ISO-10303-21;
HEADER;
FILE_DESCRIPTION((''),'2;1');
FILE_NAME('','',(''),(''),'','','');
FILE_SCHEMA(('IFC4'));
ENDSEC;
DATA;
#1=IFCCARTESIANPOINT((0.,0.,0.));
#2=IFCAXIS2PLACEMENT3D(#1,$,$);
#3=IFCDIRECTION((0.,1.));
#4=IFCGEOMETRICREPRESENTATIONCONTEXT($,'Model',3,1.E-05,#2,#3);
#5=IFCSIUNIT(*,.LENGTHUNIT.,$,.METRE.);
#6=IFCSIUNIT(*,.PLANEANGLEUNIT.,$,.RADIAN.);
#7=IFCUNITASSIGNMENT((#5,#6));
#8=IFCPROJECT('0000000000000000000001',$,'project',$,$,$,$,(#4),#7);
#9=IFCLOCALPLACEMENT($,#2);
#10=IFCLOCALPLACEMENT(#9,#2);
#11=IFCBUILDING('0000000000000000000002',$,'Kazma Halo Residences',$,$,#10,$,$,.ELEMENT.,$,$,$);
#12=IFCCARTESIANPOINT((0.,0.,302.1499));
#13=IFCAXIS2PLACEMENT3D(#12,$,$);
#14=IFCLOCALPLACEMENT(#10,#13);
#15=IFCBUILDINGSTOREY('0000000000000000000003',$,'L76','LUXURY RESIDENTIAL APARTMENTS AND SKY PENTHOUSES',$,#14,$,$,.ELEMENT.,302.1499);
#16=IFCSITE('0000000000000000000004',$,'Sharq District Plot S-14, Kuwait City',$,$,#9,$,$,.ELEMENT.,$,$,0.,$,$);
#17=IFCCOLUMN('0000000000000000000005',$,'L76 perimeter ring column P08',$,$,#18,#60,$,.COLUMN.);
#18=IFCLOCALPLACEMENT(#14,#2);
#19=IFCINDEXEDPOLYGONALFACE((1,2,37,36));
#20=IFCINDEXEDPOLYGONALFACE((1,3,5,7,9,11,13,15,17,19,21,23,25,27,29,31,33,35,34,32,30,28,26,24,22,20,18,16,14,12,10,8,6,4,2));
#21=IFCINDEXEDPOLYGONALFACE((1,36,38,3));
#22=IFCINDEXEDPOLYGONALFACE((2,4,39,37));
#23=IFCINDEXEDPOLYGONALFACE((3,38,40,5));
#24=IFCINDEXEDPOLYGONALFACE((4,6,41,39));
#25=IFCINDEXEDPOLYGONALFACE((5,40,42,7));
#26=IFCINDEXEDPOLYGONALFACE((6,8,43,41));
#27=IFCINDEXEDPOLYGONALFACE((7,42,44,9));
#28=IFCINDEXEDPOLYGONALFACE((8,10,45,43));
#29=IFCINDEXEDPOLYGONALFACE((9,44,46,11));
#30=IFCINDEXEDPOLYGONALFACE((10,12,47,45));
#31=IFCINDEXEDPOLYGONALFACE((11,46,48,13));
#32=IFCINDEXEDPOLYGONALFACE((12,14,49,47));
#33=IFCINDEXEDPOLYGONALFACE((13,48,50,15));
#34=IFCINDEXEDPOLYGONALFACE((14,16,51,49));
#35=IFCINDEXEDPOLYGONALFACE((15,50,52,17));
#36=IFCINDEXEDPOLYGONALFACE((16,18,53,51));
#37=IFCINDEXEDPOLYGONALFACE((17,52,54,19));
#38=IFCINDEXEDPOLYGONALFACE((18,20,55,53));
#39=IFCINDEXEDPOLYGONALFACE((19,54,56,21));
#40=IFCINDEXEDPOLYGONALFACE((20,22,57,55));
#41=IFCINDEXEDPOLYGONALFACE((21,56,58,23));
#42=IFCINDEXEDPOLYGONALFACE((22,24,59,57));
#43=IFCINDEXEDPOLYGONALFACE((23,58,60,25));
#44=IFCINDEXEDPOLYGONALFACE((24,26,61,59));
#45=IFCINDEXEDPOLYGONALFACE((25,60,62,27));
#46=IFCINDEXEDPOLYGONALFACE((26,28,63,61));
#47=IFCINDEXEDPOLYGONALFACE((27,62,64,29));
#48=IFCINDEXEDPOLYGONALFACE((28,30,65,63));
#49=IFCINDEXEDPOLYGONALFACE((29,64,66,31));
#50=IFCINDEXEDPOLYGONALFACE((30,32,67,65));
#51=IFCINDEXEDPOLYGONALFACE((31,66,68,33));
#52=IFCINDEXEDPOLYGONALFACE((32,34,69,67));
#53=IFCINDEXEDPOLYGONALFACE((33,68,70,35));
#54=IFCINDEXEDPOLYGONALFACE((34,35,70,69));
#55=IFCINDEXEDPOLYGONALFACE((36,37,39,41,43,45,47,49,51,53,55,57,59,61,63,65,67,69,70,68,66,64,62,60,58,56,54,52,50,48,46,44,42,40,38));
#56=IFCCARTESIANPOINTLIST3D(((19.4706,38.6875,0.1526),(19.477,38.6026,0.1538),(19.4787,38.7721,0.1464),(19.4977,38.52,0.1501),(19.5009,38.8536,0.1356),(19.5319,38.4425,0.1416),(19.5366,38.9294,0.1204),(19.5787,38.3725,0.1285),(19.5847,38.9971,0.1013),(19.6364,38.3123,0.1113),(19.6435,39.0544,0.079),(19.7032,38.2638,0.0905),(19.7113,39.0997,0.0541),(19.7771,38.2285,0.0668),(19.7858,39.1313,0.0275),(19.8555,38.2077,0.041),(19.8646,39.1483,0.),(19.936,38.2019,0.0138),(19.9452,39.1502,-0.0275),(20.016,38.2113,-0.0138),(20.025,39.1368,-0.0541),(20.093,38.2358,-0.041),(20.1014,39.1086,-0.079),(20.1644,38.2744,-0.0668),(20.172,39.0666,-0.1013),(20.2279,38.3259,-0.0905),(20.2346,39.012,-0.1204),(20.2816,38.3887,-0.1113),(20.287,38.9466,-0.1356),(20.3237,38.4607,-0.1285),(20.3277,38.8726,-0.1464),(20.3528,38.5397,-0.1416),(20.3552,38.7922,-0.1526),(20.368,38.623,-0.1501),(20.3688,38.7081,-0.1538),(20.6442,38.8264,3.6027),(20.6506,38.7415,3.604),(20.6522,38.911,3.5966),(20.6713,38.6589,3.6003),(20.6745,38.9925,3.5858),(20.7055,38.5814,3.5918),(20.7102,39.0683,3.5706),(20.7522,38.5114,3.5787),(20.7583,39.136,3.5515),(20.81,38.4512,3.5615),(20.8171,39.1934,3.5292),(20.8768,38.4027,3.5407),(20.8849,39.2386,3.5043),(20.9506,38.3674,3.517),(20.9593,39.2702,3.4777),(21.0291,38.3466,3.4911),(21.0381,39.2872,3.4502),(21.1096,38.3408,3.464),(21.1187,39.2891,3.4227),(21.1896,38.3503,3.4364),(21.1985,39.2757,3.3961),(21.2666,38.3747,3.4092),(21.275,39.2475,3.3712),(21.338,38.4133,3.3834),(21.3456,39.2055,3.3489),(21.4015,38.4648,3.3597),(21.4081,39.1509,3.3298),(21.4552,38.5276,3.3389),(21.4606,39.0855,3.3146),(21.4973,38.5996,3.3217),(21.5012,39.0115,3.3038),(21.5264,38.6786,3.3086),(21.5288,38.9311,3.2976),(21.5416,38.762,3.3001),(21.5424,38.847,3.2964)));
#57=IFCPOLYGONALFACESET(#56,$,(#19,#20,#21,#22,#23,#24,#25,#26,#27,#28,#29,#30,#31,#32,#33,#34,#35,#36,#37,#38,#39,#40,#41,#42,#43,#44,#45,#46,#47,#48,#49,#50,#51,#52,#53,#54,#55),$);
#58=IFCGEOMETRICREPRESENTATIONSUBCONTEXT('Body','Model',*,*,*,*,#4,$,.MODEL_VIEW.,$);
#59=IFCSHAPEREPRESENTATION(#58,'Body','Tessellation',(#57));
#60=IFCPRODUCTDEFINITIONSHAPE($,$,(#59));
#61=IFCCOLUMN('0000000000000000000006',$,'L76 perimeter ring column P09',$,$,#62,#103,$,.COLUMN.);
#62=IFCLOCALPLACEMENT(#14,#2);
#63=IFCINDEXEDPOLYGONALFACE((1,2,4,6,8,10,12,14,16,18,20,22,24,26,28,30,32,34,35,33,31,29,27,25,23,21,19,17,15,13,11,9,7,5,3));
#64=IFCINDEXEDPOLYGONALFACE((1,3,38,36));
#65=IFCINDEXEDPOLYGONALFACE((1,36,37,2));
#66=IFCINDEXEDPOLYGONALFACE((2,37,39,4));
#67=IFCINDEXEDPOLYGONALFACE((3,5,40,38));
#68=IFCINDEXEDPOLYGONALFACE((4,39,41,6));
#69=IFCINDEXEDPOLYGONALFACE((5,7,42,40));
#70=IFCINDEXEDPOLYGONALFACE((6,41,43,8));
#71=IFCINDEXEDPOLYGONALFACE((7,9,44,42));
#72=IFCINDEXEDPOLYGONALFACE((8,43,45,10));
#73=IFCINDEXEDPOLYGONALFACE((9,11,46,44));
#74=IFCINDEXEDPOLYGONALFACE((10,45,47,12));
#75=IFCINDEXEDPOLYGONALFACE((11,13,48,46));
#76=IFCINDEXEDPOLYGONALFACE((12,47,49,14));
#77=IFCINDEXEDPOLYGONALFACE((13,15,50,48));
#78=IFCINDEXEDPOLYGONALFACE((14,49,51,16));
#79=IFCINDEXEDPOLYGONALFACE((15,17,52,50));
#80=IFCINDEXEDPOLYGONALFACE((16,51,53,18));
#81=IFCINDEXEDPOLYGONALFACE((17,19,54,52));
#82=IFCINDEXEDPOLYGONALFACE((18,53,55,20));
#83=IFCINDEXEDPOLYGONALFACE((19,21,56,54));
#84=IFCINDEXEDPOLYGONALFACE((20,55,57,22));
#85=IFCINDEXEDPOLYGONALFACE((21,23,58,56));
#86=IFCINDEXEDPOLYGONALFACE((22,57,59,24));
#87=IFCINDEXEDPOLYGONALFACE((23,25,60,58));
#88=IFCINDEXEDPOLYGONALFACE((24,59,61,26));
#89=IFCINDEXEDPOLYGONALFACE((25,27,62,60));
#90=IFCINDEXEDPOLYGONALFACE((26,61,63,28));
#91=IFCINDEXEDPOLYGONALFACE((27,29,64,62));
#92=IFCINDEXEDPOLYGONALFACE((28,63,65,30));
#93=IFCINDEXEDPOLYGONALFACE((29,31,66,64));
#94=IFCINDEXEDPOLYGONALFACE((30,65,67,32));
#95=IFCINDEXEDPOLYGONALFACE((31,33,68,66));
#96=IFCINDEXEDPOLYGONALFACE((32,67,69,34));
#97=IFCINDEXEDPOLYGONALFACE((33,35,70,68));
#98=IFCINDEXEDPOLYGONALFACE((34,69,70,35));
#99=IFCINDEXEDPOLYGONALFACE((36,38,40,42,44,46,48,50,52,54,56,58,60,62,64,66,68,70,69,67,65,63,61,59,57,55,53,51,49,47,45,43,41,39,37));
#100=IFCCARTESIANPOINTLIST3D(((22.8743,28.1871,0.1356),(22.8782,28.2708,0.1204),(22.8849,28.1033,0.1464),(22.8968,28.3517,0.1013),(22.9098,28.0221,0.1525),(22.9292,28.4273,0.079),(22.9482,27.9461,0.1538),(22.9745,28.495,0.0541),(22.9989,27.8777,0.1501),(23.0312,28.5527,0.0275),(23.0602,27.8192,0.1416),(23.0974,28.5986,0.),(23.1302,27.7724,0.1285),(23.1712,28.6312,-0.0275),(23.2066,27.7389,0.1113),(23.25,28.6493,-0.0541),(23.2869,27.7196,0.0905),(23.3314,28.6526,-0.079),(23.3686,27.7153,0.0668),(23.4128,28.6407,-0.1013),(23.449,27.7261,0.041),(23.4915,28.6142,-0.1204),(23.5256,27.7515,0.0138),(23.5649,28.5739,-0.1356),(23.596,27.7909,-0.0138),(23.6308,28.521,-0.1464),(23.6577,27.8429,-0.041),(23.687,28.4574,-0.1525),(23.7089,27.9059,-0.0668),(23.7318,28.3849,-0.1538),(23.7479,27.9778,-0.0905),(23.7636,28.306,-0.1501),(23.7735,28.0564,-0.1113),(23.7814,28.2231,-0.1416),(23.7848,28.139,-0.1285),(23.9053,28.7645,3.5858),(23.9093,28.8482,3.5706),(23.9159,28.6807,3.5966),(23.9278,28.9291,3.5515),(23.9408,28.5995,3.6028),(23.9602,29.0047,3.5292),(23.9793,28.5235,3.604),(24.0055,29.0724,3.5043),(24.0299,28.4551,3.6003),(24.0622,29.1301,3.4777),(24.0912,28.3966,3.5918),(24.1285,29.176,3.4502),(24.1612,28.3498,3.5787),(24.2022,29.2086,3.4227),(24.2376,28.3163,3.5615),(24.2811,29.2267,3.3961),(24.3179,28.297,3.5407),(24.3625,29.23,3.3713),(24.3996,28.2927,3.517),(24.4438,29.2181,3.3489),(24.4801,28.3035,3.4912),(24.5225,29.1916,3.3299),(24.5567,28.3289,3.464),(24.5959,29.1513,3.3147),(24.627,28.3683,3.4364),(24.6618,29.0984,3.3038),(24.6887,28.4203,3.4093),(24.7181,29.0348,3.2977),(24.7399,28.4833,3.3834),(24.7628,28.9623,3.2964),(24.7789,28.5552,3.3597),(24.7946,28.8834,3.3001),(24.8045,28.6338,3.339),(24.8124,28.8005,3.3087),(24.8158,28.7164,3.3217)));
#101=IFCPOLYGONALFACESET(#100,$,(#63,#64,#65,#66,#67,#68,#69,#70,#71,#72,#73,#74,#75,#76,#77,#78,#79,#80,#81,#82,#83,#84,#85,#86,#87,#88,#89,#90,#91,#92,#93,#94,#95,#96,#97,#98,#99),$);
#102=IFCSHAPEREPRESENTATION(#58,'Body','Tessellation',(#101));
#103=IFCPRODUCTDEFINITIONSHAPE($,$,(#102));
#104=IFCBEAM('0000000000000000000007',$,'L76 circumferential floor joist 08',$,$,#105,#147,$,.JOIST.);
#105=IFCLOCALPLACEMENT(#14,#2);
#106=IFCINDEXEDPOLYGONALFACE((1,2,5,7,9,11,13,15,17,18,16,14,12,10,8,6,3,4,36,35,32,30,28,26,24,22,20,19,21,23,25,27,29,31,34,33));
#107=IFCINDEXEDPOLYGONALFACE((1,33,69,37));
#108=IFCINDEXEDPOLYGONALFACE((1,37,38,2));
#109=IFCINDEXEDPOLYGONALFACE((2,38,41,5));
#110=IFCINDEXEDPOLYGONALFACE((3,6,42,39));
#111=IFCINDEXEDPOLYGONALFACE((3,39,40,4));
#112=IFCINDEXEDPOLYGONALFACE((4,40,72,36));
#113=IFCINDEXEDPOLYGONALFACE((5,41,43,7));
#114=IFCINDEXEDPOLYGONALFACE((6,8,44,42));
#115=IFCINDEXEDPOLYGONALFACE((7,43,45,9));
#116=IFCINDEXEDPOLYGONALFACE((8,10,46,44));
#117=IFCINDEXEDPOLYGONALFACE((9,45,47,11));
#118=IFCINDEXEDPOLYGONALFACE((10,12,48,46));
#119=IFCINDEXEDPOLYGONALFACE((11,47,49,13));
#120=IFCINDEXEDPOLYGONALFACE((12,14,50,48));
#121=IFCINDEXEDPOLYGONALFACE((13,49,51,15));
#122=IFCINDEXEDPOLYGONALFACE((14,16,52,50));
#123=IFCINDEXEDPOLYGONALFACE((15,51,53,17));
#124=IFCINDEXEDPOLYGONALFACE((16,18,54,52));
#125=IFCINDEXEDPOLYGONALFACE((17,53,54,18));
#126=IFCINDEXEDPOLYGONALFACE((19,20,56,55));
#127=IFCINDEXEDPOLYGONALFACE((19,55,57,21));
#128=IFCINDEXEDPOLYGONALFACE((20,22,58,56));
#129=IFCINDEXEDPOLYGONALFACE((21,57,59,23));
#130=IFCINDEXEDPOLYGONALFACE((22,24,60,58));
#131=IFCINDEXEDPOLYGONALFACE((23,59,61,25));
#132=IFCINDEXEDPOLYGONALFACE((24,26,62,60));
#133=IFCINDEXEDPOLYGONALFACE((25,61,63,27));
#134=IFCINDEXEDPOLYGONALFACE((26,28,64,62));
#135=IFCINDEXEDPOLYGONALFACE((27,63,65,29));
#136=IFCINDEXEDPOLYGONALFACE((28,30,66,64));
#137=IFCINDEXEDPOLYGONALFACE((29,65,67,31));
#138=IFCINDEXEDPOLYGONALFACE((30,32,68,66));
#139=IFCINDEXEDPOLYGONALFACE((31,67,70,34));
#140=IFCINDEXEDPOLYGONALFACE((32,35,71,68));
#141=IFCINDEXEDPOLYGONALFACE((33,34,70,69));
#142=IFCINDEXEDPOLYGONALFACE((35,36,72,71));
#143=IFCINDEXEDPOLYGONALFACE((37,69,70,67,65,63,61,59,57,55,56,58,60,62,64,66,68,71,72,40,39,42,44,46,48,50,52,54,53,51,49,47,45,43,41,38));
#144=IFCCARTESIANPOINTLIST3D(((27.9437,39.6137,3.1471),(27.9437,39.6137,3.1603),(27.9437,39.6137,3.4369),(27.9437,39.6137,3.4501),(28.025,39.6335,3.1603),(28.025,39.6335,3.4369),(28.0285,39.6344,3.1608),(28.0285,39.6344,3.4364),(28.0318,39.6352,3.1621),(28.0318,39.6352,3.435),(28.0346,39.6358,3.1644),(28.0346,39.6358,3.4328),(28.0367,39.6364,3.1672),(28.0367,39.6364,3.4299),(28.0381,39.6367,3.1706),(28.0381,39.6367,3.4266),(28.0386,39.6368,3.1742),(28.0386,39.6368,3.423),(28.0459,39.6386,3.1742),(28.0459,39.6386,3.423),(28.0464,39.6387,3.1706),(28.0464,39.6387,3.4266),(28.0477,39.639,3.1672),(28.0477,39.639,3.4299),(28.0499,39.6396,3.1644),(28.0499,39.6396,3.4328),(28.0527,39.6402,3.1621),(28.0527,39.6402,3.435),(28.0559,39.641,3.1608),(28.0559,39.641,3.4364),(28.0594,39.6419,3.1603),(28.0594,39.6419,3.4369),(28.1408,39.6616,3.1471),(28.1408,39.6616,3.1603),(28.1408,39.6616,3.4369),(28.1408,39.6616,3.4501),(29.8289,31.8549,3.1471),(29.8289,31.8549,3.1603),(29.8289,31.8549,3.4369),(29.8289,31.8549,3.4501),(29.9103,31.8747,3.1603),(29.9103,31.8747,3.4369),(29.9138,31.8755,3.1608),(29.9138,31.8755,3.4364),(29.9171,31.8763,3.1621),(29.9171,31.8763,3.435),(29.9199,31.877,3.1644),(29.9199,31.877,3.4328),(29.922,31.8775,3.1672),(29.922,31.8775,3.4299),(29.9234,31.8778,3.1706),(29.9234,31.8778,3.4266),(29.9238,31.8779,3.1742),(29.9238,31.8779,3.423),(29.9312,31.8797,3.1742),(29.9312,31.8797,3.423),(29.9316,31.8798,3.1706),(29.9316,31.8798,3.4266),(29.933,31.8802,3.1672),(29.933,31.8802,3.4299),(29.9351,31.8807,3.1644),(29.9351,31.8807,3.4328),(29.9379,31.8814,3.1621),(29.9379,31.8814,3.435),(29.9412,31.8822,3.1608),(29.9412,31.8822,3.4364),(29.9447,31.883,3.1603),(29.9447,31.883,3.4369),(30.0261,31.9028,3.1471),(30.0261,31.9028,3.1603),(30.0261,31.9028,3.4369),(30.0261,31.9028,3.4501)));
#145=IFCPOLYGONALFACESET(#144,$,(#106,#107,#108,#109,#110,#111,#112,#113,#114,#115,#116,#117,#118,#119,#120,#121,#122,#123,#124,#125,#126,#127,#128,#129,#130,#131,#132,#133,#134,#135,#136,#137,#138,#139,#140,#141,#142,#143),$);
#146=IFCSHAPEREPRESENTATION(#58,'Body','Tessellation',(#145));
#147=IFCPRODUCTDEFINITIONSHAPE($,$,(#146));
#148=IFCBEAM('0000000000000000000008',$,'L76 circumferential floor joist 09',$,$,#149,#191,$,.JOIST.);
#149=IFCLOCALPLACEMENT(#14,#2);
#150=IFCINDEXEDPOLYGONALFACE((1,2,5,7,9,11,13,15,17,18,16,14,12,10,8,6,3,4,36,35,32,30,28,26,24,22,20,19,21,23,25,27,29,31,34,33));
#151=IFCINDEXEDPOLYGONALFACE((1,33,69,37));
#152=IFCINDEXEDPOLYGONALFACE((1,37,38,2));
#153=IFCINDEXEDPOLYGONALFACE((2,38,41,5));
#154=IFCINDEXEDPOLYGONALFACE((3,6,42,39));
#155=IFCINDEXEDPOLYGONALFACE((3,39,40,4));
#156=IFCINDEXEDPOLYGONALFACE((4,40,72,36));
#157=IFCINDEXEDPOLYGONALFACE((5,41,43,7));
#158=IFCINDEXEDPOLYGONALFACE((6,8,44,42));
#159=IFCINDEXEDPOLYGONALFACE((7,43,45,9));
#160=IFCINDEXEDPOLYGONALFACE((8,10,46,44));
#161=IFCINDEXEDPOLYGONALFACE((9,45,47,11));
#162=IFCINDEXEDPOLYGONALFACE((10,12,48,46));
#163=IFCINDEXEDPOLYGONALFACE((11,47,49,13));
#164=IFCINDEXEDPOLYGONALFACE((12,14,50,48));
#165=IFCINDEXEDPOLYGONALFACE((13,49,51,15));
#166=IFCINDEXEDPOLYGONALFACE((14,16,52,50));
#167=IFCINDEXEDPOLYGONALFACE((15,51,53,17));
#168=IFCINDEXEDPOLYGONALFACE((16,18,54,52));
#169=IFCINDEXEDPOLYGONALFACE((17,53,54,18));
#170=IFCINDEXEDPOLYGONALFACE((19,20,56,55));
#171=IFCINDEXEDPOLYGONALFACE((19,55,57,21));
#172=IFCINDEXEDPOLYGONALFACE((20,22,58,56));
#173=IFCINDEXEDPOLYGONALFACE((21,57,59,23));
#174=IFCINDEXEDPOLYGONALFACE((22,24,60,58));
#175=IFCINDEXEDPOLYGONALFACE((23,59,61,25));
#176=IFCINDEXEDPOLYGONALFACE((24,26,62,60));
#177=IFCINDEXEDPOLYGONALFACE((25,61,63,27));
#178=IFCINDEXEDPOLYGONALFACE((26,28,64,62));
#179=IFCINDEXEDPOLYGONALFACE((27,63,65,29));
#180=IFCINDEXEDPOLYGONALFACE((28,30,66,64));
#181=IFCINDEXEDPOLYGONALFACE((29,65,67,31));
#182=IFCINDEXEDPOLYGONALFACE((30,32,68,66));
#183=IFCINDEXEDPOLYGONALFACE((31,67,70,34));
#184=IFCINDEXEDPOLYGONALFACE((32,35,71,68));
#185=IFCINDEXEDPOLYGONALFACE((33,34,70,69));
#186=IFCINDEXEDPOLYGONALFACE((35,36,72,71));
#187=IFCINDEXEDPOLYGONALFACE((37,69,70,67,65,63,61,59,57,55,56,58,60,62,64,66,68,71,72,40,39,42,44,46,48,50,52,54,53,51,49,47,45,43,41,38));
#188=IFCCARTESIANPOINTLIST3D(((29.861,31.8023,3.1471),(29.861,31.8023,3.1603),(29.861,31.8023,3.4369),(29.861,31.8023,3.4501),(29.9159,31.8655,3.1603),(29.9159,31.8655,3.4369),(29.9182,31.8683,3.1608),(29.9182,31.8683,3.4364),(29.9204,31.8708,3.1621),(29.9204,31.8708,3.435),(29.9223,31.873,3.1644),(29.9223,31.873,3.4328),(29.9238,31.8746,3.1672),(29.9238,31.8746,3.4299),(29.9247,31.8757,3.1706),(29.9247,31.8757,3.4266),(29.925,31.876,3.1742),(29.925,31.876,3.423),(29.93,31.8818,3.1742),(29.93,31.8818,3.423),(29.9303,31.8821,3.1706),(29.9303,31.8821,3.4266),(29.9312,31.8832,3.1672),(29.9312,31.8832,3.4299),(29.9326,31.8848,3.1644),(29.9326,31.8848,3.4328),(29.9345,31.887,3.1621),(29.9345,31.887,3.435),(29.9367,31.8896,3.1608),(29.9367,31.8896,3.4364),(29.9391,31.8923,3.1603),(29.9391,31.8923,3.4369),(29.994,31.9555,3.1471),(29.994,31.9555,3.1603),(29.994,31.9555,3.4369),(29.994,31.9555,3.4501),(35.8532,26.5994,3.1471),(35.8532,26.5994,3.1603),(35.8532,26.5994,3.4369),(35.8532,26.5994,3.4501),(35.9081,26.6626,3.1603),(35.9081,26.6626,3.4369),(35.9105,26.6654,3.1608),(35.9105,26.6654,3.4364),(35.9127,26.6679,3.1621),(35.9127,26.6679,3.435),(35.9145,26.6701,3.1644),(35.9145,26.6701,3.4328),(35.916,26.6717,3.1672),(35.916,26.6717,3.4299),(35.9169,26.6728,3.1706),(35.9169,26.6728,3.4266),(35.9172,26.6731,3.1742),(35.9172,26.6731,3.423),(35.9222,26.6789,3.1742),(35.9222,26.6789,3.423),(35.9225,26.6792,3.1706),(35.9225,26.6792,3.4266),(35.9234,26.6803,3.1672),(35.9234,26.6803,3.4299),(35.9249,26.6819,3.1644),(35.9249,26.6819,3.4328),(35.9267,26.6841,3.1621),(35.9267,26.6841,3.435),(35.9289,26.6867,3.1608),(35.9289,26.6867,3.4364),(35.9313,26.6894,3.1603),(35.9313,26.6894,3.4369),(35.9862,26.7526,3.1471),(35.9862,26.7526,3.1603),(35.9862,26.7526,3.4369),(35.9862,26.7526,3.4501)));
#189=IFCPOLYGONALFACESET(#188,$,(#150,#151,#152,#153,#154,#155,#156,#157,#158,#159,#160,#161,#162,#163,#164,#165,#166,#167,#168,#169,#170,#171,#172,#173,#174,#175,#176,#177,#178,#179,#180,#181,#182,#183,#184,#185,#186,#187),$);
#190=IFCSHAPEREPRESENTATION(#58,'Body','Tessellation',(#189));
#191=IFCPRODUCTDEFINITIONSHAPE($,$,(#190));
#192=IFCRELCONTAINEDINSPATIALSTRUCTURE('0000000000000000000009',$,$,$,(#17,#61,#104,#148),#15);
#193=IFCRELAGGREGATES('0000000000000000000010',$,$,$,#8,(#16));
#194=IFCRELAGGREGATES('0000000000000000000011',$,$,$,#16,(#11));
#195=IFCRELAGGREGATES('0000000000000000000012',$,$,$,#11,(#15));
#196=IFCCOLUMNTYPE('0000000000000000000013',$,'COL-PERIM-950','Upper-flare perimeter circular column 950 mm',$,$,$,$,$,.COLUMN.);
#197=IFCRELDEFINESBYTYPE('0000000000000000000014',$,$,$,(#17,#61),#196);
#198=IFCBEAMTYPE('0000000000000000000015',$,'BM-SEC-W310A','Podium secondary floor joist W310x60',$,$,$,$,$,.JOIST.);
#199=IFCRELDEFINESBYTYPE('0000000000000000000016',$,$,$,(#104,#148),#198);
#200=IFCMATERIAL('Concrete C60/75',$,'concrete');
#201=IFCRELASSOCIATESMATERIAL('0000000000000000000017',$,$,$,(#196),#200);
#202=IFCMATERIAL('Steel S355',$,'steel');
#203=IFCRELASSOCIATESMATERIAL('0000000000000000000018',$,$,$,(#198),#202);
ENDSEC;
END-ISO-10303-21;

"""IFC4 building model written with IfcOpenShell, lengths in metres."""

from ifc_helpers import new_model, si_unit, direction, frame, origin, origin_2d, place, context, subcontext, project, spatial, circle, i_section, extrude, material, material_profile, profile_set, type_object, element, save


model = new_model("IFC4")

# Units and contexts
model_context = context("Model", 3, precision=1e-05, world=origin(), true_north=direction((0.0, 1.0)))
body_context = subcontext(model_context, "Body", "Model", "MODEL_VIEW")
ifc_project = project(units=[si_unit("LENGTHUNIT", "METRE"), si_unit("PLANEANGLEUNIT", "RADIAN")], contexts=[model_context])

# Site, building, storey
site_placement = place(None, origin())
site = spatial("IfcSite", under=ifc_project, at=site_placement, Name="Sharq District Plot S-14, Kuwait City", CompositionType="ELEMENT", RefElevation=0.0)
building_placement = place(site_placement, origin())
building = spatial("IfcBuilding", under=site, at=building_placement, Name="Kazma Halo Residences", CompositionType="ELEMENT")
storey_placement = place(building_placement, frame((0.0, 0.0, 302.1499)))
storey = spatial("IfcBuildingStorey", under=building, at=storey_placement, Name="L76", Description="LUXURY RESIDENTIAL APARTMENTS AND SKY PENTHOUSES", CompositionType="ELEMENT", Elevation=302.1499)

# Columns
ifc_material_1 = material(Name="Concrete C60/75", Category="concrete")
ifc_material_profile_1 = material_profile(ifc_material_1, circle(Radius=0.4751, at=origin_2d()), Name="CIRC950")
ifc_profile_set_1 = profile_set([ifc_material_profile_1], Name="Concrete C60/75")
column_type = type_object("IfcColumnType", Name="COL-PERIM-950", Description="Upper-flare perimeter circular column 950 mm", PredefinedType="COLUMN", material=ifc_profile_set_1)
for number, where, z_axis, x_axis, name in (
    (1, (19.9204, 38.6765, 0.0), (0.321796, 0.038091, 0.946042), (-0.117548, 0.993067, 0.0), "L76 perimeter ring column P08"),
    (2, (23.3296, 28.1841, 0.0), (0.282704, 0.158322, 0.946051), (-0.488622, 0.872495, 0.0), "L76 perimeter ring column P09"),
):
    element("IfcColumn", number, at=place(storey_placement, frame(where, z_axis=z_axis, x_axis=x_axis)), inside=storey, type_object=column_type, Name=name, PredefinedType="COLUMN", context=body_context, shape_type="SweptSolid", body=[
        extrude(circle(Radius=0.4751, at=origin_2d()), origin(), (0.0, 0.0, 1.0), 3.647),
    ])

# Beams
ifc_material_2 = material(Name="Steel S355", Category="steel")
ifc_material_profile_2 = material_profile(ifc_material_2, i_section(OverallWidth=0.2029, OverallDepth=0.303, WebThickness=0.0076, FlangeThickness=0.0132, FilletRadius=0.0139, at=origin_2d()), Name="W310x60")
ifc_profile_set_2 = profile_set([ifc_material_profile_2], Name="Steel S355")
beam_type_1 = type_object("IfcBeamType", Name="BM-SEC-W310A", Description="Podium secondary floor joist W310x60", PredefinedType="JOIST", material=ifc_profile_set_2)
beam_1_placement = place(storey_placement, frame((28.0422, 39.6377, 3.2986), z_axis=(0.236113, -0.971726, 0.0), x_axis=(0.971726, 0.236113, 0.0)))
element("IfcBeam", 3, at=beam_1_placement, inside=storey, type_object=beam_type_1, Name="L76 circumferential floor joist 08", PredefinedType="JOIST", context=body_context, shape_type="SweptSolid", body=[
    extrude(i_section(OverallWidth=0.2029, OverallDepth=0.303, WebThickness=0.0076, FlangeThickness=0.0132, FilletRadius=0.0139, at=origin_2d()), origin(), (0.0, 0.0, 1.0), 7.9846),
])
beam_2_placement = place(storey_placement, frame((29.9275, 31.8789, 3.2986), z_axis=(0.755087, -0.655625, 0.0), x_axis=(0.655625, 0.755087, 0.0)))
element("IfcBeam", 4, at=beam_2_placement, inside=storey, type_object=beam_type_1, Name="L76 circumferential floor joist 09", PredefinedType="JOIST", context=body_context, shape_type="SweptSolid", body=[
    extrude(i_section(OverallWidth=0.2029, OverallDepth=0.303, WebThickness=0.0076, FlangeThickness=0.0132, FilletRadius=0.0139, at=origin_2d()), origin(), (0.0, 0.0, 1.0), 7.9358),
])

save(model, "model.ifc")
